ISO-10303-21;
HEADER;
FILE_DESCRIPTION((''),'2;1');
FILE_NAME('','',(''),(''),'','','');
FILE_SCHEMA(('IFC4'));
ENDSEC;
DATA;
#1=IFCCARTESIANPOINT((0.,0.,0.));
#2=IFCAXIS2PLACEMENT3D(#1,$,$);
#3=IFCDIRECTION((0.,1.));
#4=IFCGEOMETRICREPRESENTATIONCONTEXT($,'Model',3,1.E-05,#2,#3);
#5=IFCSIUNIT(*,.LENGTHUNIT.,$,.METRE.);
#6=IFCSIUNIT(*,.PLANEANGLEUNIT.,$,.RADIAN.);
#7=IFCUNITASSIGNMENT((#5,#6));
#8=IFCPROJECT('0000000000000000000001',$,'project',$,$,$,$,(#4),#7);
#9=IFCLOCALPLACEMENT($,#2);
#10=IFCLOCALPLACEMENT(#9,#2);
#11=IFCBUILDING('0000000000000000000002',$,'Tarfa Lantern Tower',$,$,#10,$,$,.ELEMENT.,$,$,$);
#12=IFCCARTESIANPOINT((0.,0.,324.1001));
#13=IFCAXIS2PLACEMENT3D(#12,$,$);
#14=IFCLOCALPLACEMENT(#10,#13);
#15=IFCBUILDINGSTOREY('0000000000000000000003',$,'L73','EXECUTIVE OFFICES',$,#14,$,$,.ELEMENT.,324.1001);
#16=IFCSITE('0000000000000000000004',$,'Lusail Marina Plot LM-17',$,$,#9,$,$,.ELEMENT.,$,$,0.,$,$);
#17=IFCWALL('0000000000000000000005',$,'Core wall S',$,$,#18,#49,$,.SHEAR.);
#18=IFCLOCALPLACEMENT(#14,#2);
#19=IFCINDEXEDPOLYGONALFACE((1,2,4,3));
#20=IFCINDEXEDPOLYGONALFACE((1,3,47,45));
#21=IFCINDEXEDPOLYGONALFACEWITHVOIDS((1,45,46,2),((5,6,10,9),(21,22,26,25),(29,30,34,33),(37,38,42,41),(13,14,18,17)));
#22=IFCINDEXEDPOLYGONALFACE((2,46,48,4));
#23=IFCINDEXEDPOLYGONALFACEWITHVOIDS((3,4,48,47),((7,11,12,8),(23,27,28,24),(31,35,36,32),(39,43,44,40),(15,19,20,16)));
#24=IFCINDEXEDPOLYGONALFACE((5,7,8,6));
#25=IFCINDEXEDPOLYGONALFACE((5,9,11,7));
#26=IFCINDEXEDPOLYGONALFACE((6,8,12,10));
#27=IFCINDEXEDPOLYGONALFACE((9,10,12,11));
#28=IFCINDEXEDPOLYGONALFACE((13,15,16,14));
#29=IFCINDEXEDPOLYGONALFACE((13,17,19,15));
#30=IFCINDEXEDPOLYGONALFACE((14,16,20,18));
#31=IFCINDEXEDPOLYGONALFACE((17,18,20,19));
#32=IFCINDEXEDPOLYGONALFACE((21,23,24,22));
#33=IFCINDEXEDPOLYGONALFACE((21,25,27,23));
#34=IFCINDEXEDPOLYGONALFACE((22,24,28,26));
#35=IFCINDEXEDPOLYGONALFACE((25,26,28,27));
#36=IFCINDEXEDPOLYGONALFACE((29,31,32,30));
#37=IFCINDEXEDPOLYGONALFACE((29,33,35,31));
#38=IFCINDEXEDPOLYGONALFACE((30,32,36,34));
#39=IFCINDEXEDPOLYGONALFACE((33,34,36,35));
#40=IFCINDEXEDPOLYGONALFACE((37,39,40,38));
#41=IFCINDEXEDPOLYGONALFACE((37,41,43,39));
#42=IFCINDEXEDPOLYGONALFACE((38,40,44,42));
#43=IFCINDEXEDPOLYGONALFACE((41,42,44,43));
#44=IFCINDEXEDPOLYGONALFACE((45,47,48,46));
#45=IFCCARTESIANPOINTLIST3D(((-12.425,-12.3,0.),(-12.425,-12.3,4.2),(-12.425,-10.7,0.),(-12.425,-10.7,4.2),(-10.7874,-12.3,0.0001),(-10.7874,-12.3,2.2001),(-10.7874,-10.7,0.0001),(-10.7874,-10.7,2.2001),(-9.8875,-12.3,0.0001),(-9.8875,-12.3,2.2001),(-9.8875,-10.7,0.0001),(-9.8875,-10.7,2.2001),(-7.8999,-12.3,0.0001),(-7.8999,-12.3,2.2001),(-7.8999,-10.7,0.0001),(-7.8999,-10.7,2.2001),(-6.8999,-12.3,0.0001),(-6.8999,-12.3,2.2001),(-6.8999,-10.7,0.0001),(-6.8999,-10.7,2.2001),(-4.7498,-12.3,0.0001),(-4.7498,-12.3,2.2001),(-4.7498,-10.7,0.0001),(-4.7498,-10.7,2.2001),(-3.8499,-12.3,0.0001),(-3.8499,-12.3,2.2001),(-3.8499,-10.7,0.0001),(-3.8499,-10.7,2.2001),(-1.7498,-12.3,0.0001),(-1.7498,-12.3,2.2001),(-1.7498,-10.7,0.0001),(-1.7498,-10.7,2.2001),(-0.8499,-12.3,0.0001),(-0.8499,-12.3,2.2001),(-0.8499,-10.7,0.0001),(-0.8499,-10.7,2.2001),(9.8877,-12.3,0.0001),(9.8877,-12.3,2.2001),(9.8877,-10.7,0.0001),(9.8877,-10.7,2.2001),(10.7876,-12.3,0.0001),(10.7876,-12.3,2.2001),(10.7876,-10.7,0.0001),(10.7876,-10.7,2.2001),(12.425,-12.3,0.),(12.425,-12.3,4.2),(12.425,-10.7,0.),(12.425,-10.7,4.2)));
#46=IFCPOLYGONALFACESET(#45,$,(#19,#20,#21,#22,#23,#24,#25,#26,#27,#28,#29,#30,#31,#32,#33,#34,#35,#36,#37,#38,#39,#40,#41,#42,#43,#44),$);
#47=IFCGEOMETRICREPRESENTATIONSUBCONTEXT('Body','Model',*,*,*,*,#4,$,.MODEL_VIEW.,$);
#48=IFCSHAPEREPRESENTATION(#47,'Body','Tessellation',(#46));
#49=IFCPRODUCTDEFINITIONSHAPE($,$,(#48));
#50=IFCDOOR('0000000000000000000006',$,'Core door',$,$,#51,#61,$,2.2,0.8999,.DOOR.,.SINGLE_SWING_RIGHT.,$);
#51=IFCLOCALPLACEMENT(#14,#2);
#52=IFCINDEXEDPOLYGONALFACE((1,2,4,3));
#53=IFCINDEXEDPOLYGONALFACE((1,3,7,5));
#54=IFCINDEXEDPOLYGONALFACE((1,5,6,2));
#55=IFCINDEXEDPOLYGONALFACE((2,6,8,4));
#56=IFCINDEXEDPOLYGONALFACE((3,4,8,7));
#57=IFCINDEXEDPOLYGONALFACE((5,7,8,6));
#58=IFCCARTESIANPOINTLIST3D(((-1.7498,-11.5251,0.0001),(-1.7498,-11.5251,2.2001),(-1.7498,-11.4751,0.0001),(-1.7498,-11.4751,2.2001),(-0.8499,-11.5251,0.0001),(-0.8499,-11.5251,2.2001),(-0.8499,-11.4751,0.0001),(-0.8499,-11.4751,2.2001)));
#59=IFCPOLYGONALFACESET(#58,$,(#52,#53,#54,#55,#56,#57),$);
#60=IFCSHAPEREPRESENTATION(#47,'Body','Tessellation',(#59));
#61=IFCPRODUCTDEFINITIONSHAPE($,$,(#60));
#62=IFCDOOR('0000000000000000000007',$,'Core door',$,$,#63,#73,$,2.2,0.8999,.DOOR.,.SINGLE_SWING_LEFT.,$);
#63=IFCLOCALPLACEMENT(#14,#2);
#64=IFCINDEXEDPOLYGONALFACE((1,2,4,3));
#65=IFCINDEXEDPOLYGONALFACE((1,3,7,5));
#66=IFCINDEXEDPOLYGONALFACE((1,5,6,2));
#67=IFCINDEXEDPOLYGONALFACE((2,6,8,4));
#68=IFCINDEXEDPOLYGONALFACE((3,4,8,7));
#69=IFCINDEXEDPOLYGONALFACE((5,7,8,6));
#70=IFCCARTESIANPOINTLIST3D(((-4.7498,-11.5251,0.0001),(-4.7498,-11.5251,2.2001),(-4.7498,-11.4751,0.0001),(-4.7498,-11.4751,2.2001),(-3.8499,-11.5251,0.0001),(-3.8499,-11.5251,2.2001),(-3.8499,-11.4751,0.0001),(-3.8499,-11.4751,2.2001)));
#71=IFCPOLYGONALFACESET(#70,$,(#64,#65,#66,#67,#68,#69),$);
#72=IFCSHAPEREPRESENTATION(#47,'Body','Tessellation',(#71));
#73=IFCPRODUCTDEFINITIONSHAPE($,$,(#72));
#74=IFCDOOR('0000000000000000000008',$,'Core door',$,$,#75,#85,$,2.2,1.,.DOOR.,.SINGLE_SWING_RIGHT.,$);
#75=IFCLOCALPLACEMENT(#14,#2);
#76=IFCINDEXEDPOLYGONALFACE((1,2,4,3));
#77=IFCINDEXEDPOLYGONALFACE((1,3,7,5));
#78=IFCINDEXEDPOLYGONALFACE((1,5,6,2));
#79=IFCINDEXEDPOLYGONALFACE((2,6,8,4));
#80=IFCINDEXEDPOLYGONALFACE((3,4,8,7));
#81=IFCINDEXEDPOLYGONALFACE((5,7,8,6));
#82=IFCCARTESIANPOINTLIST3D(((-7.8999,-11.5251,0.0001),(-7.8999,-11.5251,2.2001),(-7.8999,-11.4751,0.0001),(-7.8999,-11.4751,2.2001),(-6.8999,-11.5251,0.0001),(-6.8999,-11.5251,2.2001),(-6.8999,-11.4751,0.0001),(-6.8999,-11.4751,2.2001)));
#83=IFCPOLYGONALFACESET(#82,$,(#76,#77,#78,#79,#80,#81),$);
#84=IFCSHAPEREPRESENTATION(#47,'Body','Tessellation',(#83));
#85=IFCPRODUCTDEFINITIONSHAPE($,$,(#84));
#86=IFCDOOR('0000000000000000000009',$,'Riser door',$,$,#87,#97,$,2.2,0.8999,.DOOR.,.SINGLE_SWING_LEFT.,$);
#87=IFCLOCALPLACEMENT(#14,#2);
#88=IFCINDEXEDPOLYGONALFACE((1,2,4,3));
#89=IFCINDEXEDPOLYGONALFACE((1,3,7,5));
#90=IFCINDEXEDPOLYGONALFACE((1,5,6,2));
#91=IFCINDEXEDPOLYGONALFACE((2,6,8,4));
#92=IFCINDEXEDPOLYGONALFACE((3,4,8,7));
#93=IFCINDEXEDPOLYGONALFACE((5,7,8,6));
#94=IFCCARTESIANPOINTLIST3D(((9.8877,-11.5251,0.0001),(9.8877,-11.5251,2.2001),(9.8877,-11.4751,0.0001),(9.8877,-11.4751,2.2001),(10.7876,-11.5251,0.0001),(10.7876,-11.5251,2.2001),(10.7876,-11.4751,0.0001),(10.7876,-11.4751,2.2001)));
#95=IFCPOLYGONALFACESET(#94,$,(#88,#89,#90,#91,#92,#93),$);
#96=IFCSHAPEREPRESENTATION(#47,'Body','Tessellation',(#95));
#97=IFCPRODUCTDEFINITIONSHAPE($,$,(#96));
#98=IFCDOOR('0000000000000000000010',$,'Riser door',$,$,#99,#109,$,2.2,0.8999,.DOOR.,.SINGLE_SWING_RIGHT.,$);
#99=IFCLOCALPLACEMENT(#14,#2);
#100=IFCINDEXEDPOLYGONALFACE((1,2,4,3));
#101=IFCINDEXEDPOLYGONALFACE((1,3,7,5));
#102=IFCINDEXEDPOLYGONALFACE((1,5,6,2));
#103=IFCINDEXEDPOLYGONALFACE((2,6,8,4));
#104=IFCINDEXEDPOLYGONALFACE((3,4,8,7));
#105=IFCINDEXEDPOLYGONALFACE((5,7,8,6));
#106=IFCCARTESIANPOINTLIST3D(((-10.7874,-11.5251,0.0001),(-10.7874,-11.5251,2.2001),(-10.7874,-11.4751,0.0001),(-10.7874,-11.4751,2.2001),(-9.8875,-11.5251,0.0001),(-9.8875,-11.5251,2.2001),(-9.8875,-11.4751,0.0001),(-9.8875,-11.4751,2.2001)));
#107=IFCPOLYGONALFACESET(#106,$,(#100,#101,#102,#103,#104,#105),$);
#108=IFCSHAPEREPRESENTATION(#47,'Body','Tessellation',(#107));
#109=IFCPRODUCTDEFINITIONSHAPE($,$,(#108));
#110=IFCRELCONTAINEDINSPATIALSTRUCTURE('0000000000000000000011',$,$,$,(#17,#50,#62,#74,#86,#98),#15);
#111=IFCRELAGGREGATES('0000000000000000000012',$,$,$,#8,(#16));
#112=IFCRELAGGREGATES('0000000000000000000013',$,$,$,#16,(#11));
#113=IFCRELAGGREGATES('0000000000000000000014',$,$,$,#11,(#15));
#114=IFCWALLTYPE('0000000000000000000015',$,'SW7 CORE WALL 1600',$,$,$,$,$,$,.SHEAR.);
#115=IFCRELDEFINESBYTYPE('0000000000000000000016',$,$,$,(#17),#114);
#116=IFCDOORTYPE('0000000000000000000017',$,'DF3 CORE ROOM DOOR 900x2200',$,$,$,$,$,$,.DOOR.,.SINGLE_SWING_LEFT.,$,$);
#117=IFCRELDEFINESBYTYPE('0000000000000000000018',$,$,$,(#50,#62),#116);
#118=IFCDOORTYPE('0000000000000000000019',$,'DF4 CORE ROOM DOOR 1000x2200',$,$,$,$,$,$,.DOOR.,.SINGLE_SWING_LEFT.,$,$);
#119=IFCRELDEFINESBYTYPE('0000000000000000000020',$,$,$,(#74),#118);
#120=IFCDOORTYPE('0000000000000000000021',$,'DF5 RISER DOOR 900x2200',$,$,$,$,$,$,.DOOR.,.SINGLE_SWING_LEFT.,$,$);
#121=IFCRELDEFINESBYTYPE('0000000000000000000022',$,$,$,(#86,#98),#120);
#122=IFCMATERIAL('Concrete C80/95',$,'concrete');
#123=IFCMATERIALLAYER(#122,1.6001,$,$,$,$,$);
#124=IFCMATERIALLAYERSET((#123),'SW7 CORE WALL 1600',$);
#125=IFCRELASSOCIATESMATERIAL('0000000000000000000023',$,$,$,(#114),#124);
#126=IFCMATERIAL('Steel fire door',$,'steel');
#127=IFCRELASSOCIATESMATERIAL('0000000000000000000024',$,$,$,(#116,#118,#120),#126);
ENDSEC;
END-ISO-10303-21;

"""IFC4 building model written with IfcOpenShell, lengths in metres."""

from ifc_helpers import new_model, si_unit, direction, frame, frame_2d, origin, place, context, subcontext, project, spatial, rectangle, extrude, material, layer, layer_set, type_object, element, fill, save


model = new_model("IFC4")

# Units and contexts
model_context = context("Model", 3, precision=1e-05, world=origin(), true_north=direction((0.0, 1.0)))
body_context = subcontext(model_context, "Body", "Model", "MODEL_VIEW")
ifc_project = project(units=[si_unit("LENGTHUNIT", "METRE"), si_unit("PLANEANGLEUNIT", "RADIAN")], contexts=[model_context])

# Site, building, storey
site_placement = place(None, origin())
site = spatial("IfcSite", under=ifc_project, at=site_placement, Name="Lusail Marina Plot LM-17", CompositionType="ELEMENT", RefElevation=0.0)
building_placement = place(site_placement, origin())
building = spatial("IfcBuilding", under=site, at=building_placement, Name="Tarfa Lantern Tower", CompositionType="ELEMENT")
storey_placement = place(building_placement, frame((0.0, 0.0, 324.1001)))
storey = spatial("IfcBuildingStorey", under=building, at=storey_placement, Name="L73", Description="EXECUTIVE OFFICES", CompositionType="ELEMENT", Elevation=324.1001)

# Shared definitions
ifc_material_1 = material(Name="Concrete C80/95", Category="concrete")
ifc_material_2 = material(Name="Steel fire door", Category="steel")

# Wall, openings, doors
ifc_layer_1 = layer(ifc_material_1, 1.6001)
ifc_layer_set_1 = layer_set([ifc_layer_1], Name="SW7 CORE WALL 1600")
wall_type_1 = type_object("IfcWallType", Name="SW7 CORE WALL 1600", PredefinedType="SHEAR", material=ifc_layer_set_1)
wall_1_placement = place(storey_placement, frame((12.425, -11.5, 0.0), z_axis=(0.0, 0.0, 1.0), x_axis=(-1.0, 0.0, 0.0)))
wall_1 = element("IfcWall", 1, at=wall_1_placement, inside=storey, type_object=wall_type_1, Name="Core wall S", PredefinedType="SHEAR", context=body_context, shape_type="SweptSolid", body=[
    extrude(rectangle(XDim=24.8501, YDim=1.6001, at=frame_2d((12.425, 0.0))), origin(), (0.0, 0.0, 1.0), 4.2),
])
opening_1_placement = place(wall_1_placement, frame((13.2749, 0.0, 0.0)))
opening_1 = element("IfcOpeningElement", 2, at=opening_1_placement, cuts=wall_1, PredefinedType="OPENING", context=body_context, shape_type="SweptSolid", body=[
    extrude(rectangle(XDim=0.8999, YDim=2.2, at=frame_2d((0.45, 1.1001))), frame((0.0, 0.8101, 0.0), z_axis=(0.0, -1.0, 0.0), x_axis=(1.0, 0.0, 0.0)), (0.0, 0.0, 1.0), 1.6201),
])
opening_2_placement = place(wall_1_placement, frame((16.2749, 0.0, 0.0)))
opening_2 = element("IfcOpeningElement", 3, at=opening_2_placement, cuts=wall_1, PredefinedType="OPENING", context=body_context, shape_type="SweptSolid", body=[
    extrude(rectangle(XDim=0.8999, YDim=2.2, at=frame_2d((0.45, 1.1001))), frame((0.0, 0.8101, 0.0), z_axis=(0.0, -1.0, 0.0), x_axis=(1.0, 0.0, 0.0)), (0.0, 0.0, 1.0), 1.6201),
])
opening_3_placement = place(wall_1_placement, frame((19.325, 0.0, 0.0)))
opening_3 = element("IfcOpeningElement", 4, at=opening_3_placement, cuts=wall_1, PredefinedType="OPENING", context=body_context, shape_type="SweptSolid", body=[
    extrude(rectangle(XDim=1.0, YDim=2.2, at=frame_2d((0.5, 1.1001))), frame((0.0, 0.8101, 0.0), z_axis=(0.0, -1.0, 0.0), x_axis=(1.0, 0.0, 0.0)), (0.0, 0.0, 1.0), 1.6201),
])
opening_4_placement = place(wall_1_placement, frame((1.6375, 0.0, 0.0)))
opening_4 = element("IfcOpeningElement", 5, at=opening_4_placement, cuts=wall_1, PredefinedType="OPENING", context=body_context, shape_type="SweptSolid", body=[
    extrude(rectangle(XDim=0.8999, YDim=2.2, at=frame_2d((0.45, 1.1001))), frame((0.0, 0.8101, 0.0), z_axis=(0.0, -1.0, 0.0), x_axis=(1.0, 0.0, 0.0)), (0.0, 0.0, 1.0), 1.6201),
])
opening_5_placement = place(wall_1_placement, frame((22.3125, 0.0, 0.0)))
opening_5 = element("IfcOpeningElement", 6, at=opening_5_placement, cuts=wall_1, PredefinedType="OPENING", context=body_context, shape_type="SweptSolid", body=[
    extrude(rectangle(XDim=0.8999, YDim=2.2, at=frame_2d((0.45, 1.1001))), frame((0.0, 0.8101, 0.0), z_axis=(0.0, -1.0, 0.0), x_axis=(1.0, 0.0, 0.0)), (0.0, 0.0, 1.0), 1.6201),
])
door_type_1 = type_object("IfcDoorType", Name="DF3 CORE ROOM DOOR 900x2200", OperationType="SINGLE_SWING_LEFT", PredefinedType="DOOR", material=ifc_material_2)
door_1_placement = place(opening_1_placement, frame((0.8999, 0.0, 0.0), z_axis=(0.0, 0.0, 1.0), x_axis=(-1.0, 0.0, 0.0)))
door_1 = element("IfcDoor", 7, at=door_1_placement, inside=storey, type_object=door_type_1, Name="Core door", OperationType="SINGLE_SWING_RIGHT", OverallHeight=2.2, OverallWidth=0.8999, PredefinedType="DOOR", context=body_context, shape_type="SweptSolid", body=[
    extrude(rectangle(XDim=0.8999, YDim=2.2, at=frame_2d((0.45, 1.1001))), frame((0.0, 0.0249, 0.0), z_axis=(0.0, -1.0, 0.0), x_axis=(1.0, 0.0, 0.0)), (0.0, 0.0, 1.0), 0.05),
])
fill(opening_1, door_1)
door_2_placement = place(opening_2_placement, frame((0.8999, 0.0, 0.0), z_axis=(0.0, 0.0, 1.0), x_axis=(-1.0, 0.0, 0.0)))
door_2 = element("IfcDoor", 8, at=door_2_placement, inside=storey, type_object=door_type_1, Name="Core door", OperationType="SINGLE_SWING_LEFT", OverallHeight=2.2, OverallWidth=0.8999, PredefinedType="DOOR", context=body_context, shape_type="SweptSolid", body=[
    extrude(rectangle(XDim=0.8999, YDim=2.2, at=frame_2d((0.45, 1.1001))), frame((0.0, 0.0249, 0.0), z_axis=(0.0, -1.0, 0.0), x_axis=(1.0, 0.0, 0.0)), (0.0, 0.0, 1.0), 0.05),
])
fill(opening_2, door_2)
door_type_2 = type_object("IfcDoorType", Name="DF4 CORE ROOM DOOR 1000x2200", OperationType="SINGLE_SWING_LEFT", PredefinedType="DOOR", material=ifc_material_2)
door_3_placement = place(opening_3_placement, frame((1.0, 0.0, 0.0), z_axis=(0.0, 0.0, 1.0), x_axis=(-1.0, 0.0, 0.0)))
door_3 = element("IfcDoor", 9, at=door_3_placement, inside=storey, type_object=door_type_2, Name="Core door", OperationType="SINGLE_SWING_RIGHT", OverallHeight=2.2, OverallWidth=1.0, PredefinedType="DOOR", context=body_context, shape_type="SweptSolid", body=[
    extrude(rectangle(XDim=1.0, YDim=2.2, at=frame_2d((0.5, 1.1001))), frame((0.0, 0.0249, 0.0), z_axis=(0.0, -1.0, 0.0), x_axis=(1.0, 0.0, 0.0)), (0.0, 0.0, 1.0), 0.05),
])
fill(opening_3, door_3)
door_type_3 = type_object("IfcDoorType", Name="DF5 RISER DOOR 900x2200", OperationType="SINGLE_SWING_LEFT", PredefinedType="DOOR", material=ifc_material_2)
door_4_placement = place(opening_4_placement, frame((0.8999, 0.0, 0.0), z_axis=(0.0, 0.0, 1.0), x_axis=(-1.0, 0.0, 0.0)))
door_4 = element("IfcDoor", 10, at=door_4_placement, inside=storey, type_object=door_type_3, Name="Riser door", OperationType="SINGLE_SWING_LEFT", OverallHeight=2.2, OverallWidth=0.8999, PredefinedType="DOOR", context=body_context, shape_type="SweptSolid", body=[
    extrude(rectangle(XDim=0.8999, YDim=2.2, at=frame_2d((0.45, 1.1001))), frame((0.0, 0.0249, 0.0), z_axis=(0.0, -1.0, 0.0), x_axis=(1.0, 0.0, 0.0)), (0.0, 0.0, 1.0), 0.05),
])
fill(opening_4, door_4)
door_5_placement = place(opening_5_placement, frame((0.8999, 0.0, 0.0), z_axis=(0.0, 0.0, 1.0), x_axis=(-1.0, 0.0, 0.0)))
door_5 = element("IfcDoor", 11, at=door_5_placement, inside=storey, type_object=door_type_3, Name="Riser door", OperationType="SINGLE_SWING_RIGHT", OverallHeight=2.2, OverallWidth=0.8999, PredefinedType="DOOR", context=body_context, shape_type="SweptSolid", body=[
    extrude(rectangle(XDim=0.8999, YDim=2.2, at=frame_2d((0.45, 1.1001))), frame((0.0, 0.0249, 0.0), z_axis=(0.0, -1.0, 0.0), x_axis=(1.0, 0.0, 0.0)), (0.0, 0.0, 1.0), 0.05),
])
fill(opening_5, door_5)

save(model, "model.ifc")
